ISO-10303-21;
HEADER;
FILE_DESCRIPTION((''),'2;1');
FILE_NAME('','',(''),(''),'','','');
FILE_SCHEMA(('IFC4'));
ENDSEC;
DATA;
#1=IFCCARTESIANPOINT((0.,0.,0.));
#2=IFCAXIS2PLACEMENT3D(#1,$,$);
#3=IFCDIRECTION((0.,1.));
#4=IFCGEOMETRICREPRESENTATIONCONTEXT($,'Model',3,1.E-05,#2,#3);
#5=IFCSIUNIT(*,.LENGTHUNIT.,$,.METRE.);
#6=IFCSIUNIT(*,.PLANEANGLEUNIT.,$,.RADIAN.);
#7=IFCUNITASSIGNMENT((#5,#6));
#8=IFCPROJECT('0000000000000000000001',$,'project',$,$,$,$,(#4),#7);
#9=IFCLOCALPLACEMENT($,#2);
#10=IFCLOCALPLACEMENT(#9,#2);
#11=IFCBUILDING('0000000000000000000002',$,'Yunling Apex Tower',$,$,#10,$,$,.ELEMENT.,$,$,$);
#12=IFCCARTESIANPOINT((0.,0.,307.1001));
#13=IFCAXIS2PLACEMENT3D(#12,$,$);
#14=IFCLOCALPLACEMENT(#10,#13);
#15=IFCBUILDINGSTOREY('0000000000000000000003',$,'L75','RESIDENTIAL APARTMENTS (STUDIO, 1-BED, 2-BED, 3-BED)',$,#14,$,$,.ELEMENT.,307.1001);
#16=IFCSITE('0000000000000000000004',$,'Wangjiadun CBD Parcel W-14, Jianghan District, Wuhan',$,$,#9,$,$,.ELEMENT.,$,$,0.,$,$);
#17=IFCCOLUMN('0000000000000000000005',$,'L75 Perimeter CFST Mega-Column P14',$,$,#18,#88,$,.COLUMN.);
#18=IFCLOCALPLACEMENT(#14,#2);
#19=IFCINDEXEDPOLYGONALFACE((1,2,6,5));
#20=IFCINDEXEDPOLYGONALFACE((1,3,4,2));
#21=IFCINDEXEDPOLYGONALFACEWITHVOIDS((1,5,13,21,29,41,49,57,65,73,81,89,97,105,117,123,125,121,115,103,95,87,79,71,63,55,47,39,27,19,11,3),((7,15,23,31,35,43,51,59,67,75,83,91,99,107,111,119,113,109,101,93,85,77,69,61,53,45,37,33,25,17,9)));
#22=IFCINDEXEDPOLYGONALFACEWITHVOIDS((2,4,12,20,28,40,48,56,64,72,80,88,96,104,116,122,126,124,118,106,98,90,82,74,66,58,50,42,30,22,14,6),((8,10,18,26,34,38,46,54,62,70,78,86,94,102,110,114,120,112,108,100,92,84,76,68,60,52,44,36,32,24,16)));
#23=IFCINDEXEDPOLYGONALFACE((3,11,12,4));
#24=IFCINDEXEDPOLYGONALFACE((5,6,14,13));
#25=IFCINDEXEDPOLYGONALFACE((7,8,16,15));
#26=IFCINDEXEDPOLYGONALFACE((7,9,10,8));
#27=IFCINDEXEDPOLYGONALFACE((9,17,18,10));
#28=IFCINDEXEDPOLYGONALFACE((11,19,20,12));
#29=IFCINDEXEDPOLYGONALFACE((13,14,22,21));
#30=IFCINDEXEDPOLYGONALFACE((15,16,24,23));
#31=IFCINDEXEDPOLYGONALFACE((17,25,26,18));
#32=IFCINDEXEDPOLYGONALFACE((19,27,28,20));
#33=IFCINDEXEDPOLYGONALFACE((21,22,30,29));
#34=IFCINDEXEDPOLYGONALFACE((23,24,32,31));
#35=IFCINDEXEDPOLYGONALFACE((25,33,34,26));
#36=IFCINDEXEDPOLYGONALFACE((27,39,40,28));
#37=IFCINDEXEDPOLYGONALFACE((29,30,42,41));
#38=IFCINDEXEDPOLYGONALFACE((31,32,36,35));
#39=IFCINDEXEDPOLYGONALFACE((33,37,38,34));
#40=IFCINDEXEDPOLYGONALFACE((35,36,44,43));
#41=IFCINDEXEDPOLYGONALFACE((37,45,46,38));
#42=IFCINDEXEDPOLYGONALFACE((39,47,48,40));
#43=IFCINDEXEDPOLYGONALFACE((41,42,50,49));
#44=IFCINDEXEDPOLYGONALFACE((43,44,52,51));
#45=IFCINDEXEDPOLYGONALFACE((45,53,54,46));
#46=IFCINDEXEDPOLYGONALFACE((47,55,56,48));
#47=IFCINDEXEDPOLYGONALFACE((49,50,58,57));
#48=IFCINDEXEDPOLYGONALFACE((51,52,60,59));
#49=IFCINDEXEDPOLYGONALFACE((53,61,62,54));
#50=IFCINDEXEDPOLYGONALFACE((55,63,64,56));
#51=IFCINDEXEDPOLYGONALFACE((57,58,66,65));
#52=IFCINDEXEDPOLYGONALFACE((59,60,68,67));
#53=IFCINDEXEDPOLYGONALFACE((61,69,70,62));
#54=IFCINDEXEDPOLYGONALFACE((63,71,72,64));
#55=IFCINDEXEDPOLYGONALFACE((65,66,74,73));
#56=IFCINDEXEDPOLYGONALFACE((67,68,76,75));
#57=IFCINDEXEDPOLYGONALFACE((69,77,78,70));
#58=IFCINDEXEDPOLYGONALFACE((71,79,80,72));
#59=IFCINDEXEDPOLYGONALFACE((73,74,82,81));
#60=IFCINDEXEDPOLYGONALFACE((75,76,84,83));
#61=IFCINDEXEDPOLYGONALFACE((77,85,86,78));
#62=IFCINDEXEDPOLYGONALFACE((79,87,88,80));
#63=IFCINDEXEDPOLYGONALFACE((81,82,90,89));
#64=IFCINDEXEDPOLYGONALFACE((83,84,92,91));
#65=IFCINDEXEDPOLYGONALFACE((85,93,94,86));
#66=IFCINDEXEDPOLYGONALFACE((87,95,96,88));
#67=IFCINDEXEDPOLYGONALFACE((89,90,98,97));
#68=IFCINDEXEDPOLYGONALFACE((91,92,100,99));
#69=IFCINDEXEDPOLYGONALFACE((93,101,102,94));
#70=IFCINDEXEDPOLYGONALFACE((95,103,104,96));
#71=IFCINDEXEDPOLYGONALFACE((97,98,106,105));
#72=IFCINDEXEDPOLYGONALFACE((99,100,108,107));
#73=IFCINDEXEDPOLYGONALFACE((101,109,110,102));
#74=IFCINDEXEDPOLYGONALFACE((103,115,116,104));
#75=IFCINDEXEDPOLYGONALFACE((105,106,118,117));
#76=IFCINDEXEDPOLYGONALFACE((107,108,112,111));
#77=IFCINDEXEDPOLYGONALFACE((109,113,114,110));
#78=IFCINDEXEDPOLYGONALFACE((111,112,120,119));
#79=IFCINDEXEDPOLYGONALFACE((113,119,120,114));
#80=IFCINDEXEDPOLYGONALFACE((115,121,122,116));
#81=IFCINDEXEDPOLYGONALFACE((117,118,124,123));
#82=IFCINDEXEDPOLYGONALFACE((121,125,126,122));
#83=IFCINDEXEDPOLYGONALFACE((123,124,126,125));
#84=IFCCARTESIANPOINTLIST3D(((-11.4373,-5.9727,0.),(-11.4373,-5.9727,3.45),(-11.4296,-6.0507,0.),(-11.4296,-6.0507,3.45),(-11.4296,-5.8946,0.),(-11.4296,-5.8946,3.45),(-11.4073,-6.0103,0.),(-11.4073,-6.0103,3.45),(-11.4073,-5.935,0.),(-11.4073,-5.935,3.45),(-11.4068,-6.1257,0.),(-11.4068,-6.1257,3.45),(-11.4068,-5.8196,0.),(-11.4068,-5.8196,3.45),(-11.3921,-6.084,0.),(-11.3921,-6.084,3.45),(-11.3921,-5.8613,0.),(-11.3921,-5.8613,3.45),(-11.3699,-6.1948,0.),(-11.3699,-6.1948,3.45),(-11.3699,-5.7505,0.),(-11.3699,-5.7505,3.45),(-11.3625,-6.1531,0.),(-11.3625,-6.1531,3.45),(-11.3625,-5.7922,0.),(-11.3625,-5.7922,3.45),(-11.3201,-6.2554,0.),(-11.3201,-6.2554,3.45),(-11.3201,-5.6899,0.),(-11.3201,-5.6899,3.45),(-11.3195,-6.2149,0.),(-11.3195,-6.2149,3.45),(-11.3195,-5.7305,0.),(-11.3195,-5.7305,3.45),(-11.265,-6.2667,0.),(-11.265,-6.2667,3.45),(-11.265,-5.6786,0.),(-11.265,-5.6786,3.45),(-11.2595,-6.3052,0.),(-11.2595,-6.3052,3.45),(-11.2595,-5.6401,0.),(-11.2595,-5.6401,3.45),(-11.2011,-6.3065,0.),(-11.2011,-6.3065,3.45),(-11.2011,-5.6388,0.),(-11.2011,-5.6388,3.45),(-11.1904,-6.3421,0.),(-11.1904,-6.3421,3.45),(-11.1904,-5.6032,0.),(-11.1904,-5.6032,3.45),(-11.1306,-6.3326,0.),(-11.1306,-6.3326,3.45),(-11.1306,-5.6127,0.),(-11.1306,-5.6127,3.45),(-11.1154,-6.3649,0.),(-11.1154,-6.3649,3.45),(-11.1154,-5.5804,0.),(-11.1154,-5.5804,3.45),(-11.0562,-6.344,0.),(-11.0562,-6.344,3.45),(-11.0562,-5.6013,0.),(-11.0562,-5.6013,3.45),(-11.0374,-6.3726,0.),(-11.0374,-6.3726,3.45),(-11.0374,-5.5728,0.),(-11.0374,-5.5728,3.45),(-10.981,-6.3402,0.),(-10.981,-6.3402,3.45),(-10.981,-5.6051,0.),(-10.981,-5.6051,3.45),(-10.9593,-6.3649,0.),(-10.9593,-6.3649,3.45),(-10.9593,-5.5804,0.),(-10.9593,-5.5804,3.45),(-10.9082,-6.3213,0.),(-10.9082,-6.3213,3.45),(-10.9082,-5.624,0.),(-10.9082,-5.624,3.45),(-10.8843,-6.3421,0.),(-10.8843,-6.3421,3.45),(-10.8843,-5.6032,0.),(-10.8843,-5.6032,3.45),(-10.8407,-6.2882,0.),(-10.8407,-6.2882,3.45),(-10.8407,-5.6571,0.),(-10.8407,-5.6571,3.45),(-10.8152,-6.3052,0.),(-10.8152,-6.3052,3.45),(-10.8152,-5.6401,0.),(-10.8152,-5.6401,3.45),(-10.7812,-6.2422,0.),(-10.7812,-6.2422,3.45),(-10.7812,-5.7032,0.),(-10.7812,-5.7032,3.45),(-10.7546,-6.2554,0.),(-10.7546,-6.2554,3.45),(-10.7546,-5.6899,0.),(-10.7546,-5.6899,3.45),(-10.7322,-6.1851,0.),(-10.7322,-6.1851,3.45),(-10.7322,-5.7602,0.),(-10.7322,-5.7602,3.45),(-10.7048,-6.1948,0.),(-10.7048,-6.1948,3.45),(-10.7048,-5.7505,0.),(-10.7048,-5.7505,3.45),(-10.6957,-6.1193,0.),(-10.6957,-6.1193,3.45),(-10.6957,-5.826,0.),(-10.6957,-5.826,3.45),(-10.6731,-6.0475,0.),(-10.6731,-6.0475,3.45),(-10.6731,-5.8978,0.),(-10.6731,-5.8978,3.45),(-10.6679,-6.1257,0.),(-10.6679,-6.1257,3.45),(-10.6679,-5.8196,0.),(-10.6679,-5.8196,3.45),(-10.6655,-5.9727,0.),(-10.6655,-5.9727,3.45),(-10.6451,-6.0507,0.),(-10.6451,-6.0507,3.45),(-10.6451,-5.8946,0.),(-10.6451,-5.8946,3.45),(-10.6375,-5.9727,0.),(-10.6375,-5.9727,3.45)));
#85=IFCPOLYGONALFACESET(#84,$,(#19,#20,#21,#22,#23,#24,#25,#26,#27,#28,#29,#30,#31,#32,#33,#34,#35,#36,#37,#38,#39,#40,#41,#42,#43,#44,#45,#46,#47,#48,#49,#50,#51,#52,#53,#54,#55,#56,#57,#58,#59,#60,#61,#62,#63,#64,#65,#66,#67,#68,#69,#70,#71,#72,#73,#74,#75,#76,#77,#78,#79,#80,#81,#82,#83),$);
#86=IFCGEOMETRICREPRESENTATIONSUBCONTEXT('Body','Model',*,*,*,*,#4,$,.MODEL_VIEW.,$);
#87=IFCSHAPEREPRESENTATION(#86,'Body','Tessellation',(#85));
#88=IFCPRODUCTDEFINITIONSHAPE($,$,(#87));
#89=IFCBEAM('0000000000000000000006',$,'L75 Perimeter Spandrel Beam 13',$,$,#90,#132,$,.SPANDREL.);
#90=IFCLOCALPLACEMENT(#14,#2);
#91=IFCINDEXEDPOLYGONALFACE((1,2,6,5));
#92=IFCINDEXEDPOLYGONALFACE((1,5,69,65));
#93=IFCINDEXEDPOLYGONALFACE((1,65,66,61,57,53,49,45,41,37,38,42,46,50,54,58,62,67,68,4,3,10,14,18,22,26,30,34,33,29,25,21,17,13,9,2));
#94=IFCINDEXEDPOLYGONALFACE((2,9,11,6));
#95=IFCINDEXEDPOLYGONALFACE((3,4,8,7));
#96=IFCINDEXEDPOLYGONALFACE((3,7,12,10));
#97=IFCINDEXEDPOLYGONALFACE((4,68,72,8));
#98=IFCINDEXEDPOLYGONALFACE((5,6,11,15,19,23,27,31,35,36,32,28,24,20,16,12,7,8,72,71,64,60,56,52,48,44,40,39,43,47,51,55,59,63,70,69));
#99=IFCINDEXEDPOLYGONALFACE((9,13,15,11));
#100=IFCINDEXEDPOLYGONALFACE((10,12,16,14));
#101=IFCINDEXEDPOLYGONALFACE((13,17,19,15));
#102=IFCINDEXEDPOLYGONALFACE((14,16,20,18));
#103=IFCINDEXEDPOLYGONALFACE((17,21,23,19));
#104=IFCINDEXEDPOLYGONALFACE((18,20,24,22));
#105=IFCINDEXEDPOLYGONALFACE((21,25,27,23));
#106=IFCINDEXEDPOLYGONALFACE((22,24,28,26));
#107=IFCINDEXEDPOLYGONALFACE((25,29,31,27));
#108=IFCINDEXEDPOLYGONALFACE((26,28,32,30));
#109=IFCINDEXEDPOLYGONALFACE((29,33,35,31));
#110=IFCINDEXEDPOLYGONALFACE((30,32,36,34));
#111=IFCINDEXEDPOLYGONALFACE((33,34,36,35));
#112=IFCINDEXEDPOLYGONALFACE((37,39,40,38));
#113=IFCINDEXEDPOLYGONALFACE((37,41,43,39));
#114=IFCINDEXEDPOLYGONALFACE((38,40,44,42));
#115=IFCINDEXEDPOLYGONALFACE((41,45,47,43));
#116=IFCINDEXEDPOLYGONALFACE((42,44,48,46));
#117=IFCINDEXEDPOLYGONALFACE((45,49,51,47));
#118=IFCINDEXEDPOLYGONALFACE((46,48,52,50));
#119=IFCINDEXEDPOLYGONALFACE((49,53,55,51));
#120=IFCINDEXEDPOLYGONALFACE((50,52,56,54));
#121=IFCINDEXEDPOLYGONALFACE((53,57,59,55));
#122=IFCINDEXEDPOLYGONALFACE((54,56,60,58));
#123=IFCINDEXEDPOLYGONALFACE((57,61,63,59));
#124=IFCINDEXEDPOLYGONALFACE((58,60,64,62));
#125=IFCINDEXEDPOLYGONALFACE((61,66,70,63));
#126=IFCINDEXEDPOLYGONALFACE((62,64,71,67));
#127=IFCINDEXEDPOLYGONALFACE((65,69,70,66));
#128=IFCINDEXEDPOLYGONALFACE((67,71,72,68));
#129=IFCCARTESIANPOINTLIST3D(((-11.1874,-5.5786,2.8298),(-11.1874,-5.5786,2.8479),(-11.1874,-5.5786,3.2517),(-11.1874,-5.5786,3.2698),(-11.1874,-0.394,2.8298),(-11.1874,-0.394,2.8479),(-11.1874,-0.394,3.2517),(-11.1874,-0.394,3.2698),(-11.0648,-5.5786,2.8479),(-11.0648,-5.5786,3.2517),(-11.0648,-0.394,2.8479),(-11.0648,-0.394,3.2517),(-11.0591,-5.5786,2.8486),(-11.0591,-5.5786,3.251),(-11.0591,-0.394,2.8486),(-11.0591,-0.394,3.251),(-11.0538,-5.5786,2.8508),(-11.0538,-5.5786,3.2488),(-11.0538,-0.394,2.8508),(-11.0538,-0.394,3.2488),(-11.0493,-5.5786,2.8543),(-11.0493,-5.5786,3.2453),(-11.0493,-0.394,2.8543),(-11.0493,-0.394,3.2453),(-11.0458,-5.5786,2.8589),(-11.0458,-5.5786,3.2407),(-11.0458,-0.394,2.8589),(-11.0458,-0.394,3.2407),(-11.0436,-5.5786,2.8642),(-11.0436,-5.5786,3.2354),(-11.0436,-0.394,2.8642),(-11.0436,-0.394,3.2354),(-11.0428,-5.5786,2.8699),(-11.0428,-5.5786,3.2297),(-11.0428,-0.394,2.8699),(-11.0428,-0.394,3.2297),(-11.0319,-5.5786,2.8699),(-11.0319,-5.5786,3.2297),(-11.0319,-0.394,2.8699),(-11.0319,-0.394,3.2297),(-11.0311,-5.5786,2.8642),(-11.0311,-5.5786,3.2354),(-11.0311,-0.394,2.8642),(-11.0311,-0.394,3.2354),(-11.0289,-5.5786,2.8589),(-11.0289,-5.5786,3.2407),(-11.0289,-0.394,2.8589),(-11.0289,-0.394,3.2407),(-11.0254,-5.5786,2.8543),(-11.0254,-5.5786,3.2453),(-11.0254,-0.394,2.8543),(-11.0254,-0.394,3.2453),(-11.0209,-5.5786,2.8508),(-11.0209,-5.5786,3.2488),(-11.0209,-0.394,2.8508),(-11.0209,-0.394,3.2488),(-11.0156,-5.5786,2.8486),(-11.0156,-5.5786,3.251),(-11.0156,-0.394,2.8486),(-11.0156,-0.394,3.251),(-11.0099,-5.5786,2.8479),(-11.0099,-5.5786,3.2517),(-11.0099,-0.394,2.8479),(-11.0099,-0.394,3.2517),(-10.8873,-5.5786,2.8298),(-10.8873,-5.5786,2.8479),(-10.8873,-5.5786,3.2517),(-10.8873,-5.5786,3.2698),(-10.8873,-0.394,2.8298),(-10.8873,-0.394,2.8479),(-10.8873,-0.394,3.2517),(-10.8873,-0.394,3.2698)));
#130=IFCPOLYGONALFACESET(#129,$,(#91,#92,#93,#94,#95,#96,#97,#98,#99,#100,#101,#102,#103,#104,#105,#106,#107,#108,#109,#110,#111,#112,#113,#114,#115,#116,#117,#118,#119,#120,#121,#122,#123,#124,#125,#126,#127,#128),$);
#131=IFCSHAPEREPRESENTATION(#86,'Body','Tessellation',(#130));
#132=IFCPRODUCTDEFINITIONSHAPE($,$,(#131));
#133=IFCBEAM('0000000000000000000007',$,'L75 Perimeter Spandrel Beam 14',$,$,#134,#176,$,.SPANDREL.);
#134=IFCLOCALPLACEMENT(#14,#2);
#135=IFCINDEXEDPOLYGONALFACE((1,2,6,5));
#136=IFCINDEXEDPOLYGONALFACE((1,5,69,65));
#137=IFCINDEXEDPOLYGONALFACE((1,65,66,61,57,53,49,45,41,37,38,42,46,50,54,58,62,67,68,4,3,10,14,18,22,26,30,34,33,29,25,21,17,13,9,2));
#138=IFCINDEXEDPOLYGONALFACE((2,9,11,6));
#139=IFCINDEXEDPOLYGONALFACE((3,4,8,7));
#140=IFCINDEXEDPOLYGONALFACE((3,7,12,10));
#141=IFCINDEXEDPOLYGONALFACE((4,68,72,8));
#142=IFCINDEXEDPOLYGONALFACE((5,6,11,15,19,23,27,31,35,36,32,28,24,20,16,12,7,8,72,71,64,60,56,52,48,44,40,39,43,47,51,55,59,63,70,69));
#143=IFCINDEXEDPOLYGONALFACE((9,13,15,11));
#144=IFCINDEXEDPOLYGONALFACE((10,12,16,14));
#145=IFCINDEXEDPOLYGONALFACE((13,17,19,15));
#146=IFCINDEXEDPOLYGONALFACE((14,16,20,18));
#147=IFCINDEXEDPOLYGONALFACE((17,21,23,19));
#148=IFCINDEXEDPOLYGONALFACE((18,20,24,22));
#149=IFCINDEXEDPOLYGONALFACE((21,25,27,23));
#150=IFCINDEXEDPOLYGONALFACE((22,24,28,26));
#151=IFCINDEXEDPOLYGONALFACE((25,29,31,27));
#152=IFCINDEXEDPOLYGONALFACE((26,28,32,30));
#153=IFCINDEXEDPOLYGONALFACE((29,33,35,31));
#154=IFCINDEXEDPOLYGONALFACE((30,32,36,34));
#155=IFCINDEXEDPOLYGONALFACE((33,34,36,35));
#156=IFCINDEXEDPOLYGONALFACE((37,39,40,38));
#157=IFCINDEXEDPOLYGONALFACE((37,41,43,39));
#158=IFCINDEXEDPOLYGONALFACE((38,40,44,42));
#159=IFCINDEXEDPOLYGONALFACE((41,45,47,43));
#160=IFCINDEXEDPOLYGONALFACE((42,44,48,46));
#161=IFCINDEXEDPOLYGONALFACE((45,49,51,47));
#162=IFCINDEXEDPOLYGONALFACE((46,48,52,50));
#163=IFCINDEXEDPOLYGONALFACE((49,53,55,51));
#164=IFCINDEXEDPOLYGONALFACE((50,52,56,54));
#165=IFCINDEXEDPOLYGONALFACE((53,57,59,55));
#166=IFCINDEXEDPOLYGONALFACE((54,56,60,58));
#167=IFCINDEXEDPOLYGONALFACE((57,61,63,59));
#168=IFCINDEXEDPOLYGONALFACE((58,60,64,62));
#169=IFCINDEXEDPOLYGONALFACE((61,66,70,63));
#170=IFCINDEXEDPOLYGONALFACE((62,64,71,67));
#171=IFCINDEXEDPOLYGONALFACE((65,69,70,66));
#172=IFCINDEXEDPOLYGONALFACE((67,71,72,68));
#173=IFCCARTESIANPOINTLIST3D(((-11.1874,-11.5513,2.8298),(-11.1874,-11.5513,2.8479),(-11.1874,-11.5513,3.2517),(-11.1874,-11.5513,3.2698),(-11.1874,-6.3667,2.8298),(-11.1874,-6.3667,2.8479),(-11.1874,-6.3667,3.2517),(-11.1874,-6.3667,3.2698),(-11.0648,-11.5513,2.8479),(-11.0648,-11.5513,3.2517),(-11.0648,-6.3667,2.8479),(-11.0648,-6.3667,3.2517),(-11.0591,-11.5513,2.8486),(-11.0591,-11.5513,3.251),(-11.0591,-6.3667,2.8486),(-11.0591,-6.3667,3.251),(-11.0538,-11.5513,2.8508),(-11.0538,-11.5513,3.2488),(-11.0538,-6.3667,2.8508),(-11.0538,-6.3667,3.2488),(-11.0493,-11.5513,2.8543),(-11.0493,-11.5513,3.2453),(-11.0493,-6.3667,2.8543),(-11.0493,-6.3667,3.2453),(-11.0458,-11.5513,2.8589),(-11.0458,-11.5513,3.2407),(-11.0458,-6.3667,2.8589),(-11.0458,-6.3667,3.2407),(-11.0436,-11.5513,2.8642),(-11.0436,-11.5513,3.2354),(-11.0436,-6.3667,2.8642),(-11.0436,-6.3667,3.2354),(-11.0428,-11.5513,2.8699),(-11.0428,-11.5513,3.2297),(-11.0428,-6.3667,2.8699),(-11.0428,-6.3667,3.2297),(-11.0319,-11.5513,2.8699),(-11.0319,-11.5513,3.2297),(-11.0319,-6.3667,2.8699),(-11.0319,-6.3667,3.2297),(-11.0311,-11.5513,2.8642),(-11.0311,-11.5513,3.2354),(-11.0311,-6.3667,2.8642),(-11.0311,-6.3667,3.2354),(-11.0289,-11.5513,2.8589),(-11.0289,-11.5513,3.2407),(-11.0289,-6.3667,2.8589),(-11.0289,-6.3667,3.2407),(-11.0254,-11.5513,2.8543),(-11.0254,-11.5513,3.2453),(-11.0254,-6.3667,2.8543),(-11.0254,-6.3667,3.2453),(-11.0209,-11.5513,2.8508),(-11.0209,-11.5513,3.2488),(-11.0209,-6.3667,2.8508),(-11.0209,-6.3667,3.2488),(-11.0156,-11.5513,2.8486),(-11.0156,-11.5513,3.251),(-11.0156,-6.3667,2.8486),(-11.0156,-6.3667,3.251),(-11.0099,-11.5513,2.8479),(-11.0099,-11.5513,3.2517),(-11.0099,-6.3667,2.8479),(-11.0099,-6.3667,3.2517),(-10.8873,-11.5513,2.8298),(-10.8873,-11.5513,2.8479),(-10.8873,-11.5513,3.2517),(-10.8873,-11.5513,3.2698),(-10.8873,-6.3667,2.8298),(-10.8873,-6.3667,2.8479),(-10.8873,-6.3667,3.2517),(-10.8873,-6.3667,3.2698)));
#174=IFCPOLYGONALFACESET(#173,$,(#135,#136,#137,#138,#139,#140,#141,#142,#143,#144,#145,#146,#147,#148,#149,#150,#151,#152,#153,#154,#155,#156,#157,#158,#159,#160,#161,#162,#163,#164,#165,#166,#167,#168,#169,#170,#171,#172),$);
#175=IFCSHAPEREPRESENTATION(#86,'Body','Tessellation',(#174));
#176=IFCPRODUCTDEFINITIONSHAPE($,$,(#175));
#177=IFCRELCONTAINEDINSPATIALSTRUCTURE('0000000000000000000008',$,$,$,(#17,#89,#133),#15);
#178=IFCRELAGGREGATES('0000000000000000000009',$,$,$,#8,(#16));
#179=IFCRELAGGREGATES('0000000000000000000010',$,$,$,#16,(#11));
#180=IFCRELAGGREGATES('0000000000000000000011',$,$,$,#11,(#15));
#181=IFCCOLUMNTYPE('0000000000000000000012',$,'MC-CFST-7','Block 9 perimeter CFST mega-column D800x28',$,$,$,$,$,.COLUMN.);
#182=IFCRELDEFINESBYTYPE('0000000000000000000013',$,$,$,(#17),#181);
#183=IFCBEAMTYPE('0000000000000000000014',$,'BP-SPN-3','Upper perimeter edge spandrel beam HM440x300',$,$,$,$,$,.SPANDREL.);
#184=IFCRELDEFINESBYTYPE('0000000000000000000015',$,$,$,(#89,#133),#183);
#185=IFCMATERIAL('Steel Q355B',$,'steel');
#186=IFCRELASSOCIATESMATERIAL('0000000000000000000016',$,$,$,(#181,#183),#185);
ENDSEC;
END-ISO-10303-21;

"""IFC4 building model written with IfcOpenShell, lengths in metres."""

from ifc_helpers import new_model, si_unit, direction, frame, origin, origin_2d, place, context, subcontext, project, spatial, hollow_circle, i_section, extrude, source, transform, mapped, material, material_profile, profile_set, type_object, element, save


model = new_model("IFC4")

# Units and contexts
model_context = context("Model", 3, precision=1e-05, world=origin(), true_north=direction((0.0, 1.0)))
body_context = subcontext(model_context, "Body", "Model", "MODEL_VIEW")
ifc_project = project(units=[si_unit("LENGTHUNIT", "METRE"), si_unit("PLANEANGLEUNIT", "RADIAN")], contexts=[model_context])

# Site, building, storey
site_placement = place(None, origin())
site = spatial("IfcSite", under=ifc_project, at=site_placement, Name="Wangjiadun CBD Parcel W-14, Jianghan District, Wuhan", CompositionType="ELEMENT", RefElevation=0.0)
building_placement = place(site_placement, origin())
building = spatial("IfcBuilding", under=site, at=building_placement, Name="Yunling Apex Tower", CompositionType="ELEMENT")
storey_placement = place(building_placement, frame((0.0, 0.0, 307.1001)))
storey = spatial("IfcBuildingStorey", under=building, at=storey_placement, Name="L75", Description="RESIDENTIAL APARTMENTS (STUDIO, 1-BED, 2-BED, 3-BED)", CompositionType="ELEMENT", Elevation=307.1001)

# Column
ifc_material_1 = material(Name="Steel Q355B", Category="steel")
ifc_material_profile_1 = material_profile(ifc_material_1, hollow_circle(Radius=0.3999, WallThickness=0.0281, at=origin_2d()))
ifc_profile_set_1 = profile_set([ifc_material_profile_1], Name="Steel Q355B")
column_type = type_object("IfcColumnType", Name="MC-CFST-7", Description="Block 9 perimeter CFST mega-column D800x28", PredefinedType="COLUMN", material=ifc_profile_set_1)
shared_shape_1 = source(origin(), body_context, "Body", "SweptSolid", [
    extrude(hollow_circle(Radius=0.3999, WallThickness=0.0281, at=origin_2d()), origin(), (0.0, 0.0, 1.0), 3.45),
])
column_placement = place(storey_placement, frame((-11.0374, -5.9727, 0.0), z_axis=(0.0, 0.0, 1.0), x_axis=(1.0, 0.0, 0.0)))
element("IfcColumn", 1, at=column_placement, inside=storey, type_object=column_type, Name="L75 Perimeter CFST Mega-Column P14", PredefinedType="COLUMN", context=body_context, shape_type="MappedRepresentation", body=[
    mapped(shared_shape_1, transform((0.0, 0.0, 0.0), scale=1.0)),
])

# Beams
ifc_material_profile_2 = material_profile(ifc_material_1, i_section(OverallWidth=0.3, OverallDepth=0.4399, WebThickness=0.011, FlangeThickness=0.0181, FilletRadius=0.022, at=origin_2d()))
ifc_profile_set_2 = profile_set([ifc_material_profile_2], Name="Steel Q355B")
beam_type_1 = type_object("IfcBeamType", Name="BP-SPN-3", Description="Upper perimeter edge spandrel beam HM440x300", PredefinedType="SPANDREL", material=ifc_profile_set_2)
shared_shape_2 = source(origin(), body_context, "Body", "SweptSolid", [
    extrude(i_section(OverallWidth=0.3, OverallDepth=0.4399, WebThickness=0.011, FlangeThickness=0.0181, FilletRadius=0.022, at=origin_2d()), origin(), (0.0, 0.0, 1.0), 5.1846),
])
for number, where, z_axis, x_axis, name in (
    (2, (-11.0374, -0.394, 3.0498), (0.0, -1.0, 0.0), (1.0, 0.0, 0.0), "L75 Perimeter Spandrel Beam 13"),
    (3, (-11.0374, -6.3667, 3.0498), (0.0, -1.0, 0.0), (1.0, 0.0, 0.0), "L75 Perimeter Spandrel Beam 14"),
):
    element("IfcBeam", number, at=place(storey_placement, frame(where, z_axis=z_axis, x_axis=x_axis)), inside=storey, type_object=beam_type_1, Name=name, PredefinedType="SPANDREL", context=body_context, shape_type="MappedRepresentation", body=[
        mapped(shared_shape_2, transform((0.0, 0.0, 0.0), scale=1.0)),
    ])

save(model, "model.ifc")
